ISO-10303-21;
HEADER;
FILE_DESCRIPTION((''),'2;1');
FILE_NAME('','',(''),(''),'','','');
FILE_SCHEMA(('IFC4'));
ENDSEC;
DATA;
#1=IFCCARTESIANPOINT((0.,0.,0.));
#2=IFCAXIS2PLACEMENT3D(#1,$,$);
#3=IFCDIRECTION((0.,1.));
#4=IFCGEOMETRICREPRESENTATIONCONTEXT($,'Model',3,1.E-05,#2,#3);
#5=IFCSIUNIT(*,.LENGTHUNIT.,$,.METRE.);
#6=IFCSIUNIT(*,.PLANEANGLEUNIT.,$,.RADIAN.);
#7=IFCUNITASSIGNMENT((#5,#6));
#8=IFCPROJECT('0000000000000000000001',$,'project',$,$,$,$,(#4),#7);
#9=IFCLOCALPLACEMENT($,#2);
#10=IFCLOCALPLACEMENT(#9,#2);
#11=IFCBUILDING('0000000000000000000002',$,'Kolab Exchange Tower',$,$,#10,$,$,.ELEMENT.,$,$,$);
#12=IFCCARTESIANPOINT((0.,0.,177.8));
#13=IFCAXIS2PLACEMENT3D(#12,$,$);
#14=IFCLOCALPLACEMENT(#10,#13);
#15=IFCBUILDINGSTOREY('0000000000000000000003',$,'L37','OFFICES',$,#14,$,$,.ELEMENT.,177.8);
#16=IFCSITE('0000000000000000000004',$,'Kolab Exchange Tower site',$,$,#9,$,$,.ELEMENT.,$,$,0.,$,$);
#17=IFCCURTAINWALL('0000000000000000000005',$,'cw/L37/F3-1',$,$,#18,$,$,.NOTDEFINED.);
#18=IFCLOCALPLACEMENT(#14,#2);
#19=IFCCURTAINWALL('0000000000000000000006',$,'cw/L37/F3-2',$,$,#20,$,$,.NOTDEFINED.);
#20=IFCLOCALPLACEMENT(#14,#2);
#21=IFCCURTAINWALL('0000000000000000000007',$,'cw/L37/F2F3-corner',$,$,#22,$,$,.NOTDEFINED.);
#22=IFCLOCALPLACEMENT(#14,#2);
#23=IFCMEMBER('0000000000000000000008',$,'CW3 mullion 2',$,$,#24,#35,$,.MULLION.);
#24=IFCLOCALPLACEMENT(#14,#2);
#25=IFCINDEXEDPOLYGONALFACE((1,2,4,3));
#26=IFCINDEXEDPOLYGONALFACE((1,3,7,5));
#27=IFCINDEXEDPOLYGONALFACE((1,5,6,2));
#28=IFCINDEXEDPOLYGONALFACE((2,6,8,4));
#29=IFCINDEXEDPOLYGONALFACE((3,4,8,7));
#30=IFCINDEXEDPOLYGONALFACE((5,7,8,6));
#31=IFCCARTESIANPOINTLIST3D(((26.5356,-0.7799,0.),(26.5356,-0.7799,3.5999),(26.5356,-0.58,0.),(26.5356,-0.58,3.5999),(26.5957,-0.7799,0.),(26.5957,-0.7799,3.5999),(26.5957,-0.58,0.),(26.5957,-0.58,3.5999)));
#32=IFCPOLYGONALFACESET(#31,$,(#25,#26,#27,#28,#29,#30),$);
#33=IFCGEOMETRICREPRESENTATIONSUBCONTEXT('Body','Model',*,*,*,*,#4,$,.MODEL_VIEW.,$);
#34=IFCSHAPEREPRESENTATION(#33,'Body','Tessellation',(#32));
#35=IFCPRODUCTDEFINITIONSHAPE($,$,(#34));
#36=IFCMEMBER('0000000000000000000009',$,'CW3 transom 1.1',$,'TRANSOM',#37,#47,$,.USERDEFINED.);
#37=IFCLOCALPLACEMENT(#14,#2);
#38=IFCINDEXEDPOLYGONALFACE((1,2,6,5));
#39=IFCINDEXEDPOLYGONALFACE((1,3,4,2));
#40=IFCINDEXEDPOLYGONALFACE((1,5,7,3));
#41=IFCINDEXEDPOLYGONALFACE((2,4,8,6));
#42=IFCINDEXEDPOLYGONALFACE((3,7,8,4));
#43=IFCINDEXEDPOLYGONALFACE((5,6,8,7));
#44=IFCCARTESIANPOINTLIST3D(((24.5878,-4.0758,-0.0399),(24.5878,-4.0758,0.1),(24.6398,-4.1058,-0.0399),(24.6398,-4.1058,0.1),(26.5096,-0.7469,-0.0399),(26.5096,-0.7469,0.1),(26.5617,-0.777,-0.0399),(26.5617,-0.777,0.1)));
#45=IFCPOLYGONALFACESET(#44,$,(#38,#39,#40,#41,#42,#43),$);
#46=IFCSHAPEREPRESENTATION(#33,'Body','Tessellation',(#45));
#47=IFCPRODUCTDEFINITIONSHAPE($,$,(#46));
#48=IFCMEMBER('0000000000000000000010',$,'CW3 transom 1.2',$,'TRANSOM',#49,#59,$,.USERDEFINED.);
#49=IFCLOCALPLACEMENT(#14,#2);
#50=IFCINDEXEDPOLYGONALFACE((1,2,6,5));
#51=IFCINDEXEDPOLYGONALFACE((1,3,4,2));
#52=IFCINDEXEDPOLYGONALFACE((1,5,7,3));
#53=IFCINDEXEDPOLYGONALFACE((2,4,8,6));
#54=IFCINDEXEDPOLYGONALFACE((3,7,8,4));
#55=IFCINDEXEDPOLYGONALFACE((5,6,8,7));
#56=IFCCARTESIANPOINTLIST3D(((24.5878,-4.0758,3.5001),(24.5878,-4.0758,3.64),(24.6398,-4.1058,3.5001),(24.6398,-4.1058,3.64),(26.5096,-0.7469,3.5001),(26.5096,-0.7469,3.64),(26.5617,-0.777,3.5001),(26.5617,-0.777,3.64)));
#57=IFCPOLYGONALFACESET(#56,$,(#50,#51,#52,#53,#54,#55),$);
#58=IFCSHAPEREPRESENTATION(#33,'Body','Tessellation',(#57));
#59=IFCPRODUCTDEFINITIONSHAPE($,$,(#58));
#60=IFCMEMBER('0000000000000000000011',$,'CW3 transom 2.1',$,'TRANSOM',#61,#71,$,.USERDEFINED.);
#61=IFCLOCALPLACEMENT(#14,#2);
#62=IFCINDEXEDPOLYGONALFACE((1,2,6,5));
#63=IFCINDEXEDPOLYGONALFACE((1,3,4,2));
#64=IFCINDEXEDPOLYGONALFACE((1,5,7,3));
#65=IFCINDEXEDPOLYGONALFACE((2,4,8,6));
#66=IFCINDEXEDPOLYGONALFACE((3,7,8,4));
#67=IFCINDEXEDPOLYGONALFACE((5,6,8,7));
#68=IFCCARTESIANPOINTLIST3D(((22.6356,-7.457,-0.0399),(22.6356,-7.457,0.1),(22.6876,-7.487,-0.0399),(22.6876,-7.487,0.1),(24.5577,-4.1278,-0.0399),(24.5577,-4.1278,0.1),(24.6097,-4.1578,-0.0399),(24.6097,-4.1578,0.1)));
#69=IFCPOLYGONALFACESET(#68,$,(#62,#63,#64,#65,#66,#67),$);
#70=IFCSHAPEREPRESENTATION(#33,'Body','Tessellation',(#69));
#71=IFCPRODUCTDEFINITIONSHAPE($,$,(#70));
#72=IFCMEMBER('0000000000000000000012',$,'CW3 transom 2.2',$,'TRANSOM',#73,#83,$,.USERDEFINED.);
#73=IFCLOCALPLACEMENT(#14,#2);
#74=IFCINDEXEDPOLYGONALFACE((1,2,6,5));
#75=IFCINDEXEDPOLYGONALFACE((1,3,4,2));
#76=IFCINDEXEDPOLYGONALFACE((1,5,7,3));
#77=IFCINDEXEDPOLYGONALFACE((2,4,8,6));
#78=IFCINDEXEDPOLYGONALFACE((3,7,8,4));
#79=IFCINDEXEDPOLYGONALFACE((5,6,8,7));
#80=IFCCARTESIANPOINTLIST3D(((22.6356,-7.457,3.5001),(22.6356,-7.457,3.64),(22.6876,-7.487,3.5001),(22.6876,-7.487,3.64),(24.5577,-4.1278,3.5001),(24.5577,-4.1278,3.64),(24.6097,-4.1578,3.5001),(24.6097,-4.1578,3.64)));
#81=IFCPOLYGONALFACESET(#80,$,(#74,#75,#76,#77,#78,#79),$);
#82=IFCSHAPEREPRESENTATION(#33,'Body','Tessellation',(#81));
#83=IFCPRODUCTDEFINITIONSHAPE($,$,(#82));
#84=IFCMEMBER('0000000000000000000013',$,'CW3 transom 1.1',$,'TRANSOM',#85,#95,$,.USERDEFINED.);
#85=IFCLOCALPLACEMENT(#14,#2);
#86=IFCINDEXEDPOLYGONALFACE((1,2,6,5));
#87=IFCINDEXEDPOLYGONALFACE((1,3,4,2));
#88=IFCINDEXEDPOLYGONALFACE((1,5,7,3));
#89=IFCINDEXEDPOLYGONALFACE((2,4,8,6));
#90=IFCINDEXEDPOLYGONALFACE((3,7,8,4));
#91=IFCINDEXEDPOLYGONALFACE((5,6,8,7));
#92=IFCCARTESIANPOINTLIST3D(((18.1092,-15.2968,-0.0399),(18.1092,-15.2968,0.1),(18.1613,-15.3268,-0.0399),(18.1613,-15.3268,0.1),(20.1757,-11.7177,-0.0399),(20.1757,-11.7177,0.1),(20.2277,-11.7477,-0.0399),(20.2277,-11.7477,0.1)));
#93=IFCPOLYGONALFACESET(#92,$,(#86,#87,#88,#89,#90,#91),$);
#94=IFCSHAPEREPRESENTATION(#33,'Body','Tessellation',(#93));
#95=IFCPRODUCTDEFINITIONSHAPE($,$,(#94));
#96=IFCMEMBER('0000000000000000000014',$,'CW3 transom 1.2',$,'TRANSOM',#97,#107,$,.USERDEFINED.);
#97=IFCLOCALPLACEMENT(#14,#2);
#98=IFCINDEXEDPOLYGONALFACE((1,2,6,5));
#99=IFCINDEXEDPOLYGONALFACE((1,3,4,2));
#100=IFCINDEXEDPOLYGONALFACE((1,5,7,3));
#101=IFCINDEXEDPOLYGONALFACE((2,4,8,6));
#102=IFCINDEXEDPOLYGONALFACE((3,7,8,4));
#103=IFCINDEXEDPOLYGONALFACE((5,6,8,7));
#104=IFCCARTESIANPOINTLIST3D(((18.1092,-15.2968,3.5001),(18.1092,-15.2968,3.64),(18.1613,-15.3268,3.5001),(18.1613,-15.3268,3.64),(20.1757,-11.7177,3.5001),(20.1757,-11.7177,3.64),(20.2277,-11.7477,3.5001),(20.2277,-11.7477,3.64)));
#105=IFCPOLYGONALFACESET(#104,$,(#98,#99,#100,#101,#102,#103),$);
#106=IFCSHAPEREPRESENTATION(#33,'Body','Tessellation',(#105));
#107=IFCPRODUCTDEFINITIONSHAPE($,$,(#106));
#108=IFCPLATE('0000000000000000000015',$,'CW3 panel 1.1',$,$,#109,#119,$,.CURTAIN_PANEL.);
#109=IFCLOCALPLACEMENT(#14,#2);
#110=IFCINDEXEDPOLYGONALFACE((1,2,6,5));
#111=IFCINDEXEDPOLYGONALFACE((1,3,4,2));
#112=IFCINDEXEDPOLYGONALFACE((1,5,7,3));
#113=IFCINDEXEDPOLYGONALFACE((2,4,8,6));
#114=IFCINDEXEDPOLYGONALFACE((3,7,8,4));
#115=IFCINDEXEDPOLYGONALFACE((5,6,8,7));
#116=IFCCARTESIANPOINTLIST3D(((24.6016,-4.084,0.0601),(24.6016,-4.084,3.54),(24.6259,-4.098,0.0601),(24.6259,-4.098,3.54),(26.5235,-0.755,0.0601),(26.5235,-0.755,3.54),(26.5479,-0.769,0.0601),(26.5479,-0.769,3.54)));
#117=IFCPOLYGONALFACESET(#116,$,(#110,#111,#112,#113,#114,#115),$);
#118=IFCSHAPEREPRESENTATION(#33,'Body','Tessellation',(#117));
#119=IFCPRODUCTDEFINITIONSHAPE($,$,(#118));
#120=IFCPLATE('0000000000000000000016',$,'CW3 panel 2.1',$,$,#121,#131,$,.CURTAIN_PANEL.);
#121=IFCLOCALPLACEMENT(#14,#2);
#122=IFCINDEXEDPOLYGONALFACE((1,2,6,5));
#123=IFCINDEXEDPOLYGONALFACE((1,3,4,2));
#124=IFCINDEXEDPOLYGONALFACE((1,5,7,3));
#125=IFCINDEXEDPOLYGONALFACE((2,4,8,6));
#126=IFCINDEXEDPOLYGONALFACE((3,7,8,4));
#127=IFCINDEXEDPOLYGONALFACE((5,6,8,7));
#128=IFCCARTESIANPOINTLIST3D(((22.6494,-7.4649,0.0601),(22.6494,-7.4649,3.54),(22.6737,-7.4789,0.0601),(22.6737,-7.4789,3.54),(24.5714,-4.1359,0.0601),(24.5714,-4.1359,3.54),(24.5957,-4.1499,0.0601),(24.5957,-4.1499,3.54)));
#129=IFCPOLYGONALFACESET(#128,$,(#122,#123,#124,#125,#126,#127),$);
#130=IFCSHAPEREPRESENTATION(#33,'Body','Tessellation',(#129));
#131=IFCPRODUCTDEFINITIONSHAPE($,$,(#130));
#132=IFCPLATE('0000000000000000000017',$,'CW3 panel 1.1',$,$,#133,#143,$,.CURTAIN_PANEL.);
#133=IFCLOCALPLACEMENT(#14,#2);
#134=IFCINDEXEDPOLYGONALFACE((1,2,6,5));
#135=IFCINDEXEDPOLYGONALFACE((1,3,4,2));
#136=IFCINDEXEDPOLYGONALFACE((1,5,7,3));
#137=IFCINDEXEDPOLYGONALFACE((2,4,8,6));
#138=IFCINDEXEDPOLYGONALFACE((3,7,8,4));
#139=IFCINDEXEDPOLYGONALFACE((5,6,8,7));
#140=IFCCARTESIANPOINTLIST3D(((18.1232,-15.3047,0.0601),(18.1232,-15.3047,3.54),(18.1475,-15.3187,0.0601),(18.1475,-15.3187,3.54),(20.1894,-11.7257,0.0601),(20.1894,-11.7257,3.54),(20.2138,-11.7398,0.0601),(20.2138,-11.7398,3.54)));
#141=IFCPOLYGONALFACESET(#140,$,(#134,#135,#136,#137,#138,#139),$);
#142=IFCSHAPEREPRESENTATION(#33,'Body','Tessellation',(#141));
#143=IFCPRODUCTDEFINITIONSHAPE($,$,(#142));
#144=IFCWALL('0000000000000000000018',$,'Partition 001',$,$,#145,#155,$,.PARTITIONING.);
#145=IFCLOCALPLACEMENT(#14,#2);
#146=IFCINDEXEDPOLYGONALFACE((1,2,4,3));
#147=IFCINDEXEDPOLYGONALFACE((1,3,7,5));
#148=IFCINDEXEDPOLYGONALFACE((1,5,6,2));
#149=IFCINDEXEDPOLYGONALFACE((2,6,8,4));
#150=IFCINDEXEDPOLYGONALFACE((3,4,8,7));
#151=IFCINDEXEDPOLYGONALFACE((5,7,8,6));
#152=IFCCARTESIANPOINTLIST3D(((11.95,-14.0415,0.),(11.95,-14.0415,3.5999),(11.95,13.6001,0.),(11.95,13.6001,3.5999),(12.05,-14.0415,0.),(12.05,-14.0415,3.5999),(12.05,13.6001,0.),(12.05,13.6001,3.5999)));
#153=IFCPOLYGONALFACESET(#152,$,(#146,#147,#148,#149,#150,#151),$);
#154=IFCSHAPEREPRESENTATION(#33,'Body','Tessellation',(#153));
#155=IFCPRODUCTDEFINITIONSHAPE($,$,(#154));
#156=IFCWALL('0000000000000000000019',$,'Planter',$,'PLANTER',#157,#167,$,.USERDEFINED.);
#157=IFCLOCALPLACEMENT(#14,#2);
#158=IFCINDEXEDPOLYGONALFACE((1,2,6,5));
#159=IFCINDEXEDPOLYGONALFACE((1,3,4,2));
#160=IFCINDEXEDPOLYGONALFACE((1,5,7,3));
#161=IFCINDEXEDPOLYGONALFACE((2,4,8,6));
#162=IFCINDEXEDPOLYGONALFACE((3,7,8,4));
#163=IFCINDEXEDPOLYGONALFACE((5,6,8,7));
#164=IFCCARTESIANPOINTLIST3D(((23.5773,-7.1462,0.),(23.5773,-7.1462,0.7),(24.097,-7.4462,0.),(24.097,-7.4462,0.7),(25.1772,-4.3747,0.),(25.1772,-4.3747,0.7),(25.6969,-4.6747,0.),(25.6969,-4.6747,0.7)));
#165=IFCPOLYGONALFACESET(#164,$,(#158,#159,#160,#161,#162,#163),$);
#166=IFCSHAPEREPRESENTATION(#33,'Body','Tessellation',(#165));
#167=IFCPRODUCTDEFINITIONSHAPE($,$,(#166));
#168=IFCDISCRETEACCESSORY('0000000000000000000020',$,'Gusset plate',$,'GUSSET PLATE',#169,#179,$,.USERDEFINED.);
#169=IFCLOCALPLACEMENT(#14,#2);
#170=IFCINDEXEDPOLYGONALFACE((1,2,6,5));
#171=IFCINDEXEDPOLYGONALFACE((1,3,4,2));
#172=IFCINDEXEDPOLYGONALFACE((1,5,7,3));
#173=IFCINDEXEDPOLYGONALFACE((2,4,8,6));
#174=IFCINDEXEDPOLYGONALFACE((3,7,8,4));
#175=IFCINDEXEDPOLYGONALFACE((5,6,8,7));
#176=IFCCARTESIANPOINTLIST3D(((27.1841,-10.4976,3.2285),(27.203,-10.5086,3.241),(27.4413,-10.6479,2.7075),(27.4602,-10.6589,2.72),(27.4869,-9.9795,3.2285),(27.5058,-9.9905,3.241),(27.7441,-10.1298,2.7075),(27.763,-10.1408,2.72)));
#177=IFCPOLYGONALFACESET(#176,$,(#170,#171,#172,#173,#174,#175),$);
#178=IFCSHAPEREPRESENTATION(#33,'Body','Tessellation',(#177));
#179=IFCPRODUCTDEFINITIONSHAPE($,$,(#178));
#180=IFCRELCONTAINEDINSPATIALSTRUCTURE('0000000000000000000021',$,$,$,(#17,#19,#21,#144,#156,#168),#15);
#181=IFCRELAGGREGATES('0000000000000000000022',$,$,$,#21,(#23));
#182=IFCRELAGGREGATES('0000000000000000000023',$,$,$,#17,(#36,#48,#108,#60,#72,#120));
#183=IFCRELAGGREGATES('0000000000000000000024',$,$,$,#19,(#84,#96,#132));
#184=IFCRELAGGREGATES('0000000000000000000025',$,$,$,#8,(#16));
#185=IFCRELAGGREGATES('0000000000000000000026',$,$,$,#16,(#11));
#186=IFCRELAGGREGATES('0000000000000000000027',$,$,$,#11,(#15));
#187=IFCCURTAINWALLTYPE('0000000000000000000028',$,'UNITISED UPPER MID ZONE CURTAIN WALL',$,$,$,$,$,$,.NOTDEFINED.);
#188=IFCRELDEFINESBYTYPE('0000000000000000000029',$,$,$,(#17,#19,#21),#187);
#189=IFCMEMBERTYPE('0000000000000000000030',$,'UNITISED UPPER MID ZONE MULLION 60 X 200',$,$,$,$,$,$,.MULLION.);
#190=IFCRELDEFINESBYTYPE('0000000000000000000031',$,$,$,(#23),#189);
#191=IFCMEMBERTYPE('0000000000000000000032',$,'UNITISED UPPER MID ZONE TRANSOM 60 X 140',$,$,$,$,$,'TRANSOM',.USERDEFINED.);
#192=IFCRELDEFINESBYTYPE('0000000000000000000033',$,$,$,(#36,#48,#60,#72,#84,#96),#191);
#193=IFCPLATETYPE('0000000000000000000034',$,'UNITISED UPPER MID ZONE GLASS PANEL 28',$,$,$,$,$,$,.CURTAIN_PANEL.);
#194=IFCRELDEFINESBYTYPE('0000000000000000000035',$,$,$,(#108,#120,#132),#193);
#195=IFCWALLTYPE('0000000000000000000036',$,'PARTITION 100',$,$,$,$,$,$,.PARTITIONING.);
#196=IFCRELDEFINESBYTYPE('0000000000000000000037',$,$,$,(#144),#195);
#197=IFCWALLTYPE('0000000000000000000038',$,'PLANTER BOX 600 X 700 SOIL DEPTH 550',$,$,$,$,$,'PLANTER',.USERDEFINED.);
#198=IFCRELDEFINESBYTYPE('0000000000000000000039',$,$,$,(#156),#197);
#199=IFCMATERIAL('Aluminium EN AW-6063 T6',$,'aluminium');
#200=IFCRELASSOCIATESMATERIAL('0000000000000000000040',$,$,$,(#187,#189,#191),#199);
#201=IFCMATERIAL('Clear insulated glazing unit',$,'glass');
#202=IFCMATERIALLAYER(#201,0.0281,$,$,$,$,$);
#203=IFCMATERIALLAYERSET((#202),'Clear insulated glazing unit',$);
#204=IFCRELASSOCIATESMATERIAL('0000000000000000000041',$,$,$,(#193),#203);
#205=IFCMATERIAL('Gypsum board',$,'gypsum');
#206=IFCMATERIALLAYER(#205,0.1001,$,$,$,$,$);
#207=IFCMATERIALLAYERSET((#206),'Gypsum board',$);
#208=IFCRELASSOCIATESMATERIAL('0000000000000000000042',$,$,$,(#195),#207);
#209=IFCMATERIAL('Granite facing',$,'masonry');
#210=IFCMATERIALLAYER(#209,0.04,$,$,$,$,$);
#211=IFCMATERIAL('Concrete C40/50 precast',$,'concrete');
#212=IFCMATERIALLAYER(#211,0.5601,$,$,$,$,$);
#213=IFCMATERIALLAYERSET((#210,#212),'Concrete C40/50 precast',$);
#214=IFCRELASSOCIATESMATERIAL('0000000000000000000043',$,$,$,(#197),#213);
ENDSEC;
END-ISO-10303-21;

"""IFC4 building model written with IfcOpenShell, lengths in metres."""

from ifc_helpers import new_model, si_unit, direction, frame, frame_2d, origin, origin_2d, place, context, subcontext, project, spatial, rectangle, extrude, material, layer, layer_set, material_profile, profile_set, type_object, element, aggregate, save


model = new_model("IFC4")

# Units and contexts
model_context = context("Model", 3, precision=1e-05, world=origin(), true_north=direction((0.0, 1.0)))
body_context = subcontext(model_context, "Body", "Model", "MODEL_VIEW")
ifc_project = project(units=[si_unit("LENGTHUNIT", "METRE"), si_unit("PLANEANGLEUNIT", "RADIAN")], contexts=[model_context])

# Site, building, storey
site_placement = place(None, origin())
site = spatial("IfcSite", under=ifc_project, at=site_placement, Name="Kolab Exchange Tower site", CompositionType="ELEMENT", RefElevation=0.0)
building_placement = place(site_placement, origin())
building = spatial("IfcBuilding", under=site, at=building_placement, Name="Kolab Exchange Tower", CompositionType="ELEMENT")
storey_placement = place(building_placement, frame((0.0, 0.0, 177.8)))
storey = spatial("IfcBuildingStorey", under=building, at=storey_placement, Name="L37", Description="OFFICES", CompositionType="ELEMENT", Elevation=177.8)

# Curtain wall
ifc_material_1 = material(Name="Aluminium EN AW-6063 T6", Category="aluminium")
curtain_wall_type = type_object("IfcCurtainWallType", Name="UNITISED UPPER MID ZONE CURTAIN WALL", PredefinedType="NOTDEFINED", material=ifc_material_1)
curtain_wall_1_placement = place(storey_placement, origin())
curtain_wall_1 = element("IfcCurtainWall", 1, at=curtain_wall_1_placement, inside=storey, type_object=curtain_wall_type, Name="cw/L37/F3-1", PredefinedType="NOTDEFINED")
ifc_material_profile_1 = material_profile(ifc_material_1, rectangle(XDim=0.0601, YDim=0.2, at=origin_2d()), Name="RECT 60X200")
ifc_profile_set_1 = profile_set([ifc_material_profile_1], Name="Aluminium EN AW-6063 T6")
member_type_1 = type_object("IfcMemberType", Name="UNITISED UPPER MID ZONE MULLION 60 X 200", PredefinedType="MULLION", material=ifc_profile_set_1)

# Curtain walls, member
curtain_wall_2_placement = place(storey_placement, origin())
curtain_wall_2 = element("IfcCurtainWall", 2, at=curtain_wall_2_placement, inside=storey, type_object=curtain_wall_type, Name="cw/L37/F3-2", PredefinedType="NOTDEFINED")
curtain_wall_3_placement = place(storey_placement, origin())
curtain_wall_3 = element("IfcCurtainWall", 3, at=curtain_wall_3_placement, inside=storey, type_object=curtain_wall_type, Name="cw/L37/F2F3-corner", PredefinedType="NOTDEFINED")
member_1_placement = place(storey_placement, frame((26.5657, -0.6799, 0.0), z_axis=(0.0, 0.0, 1.0), x_axis=(1.0, 0.0, 0.0)))
member_1 = element("IfcMember", 4, at=member_1_placement, type_object=member_type_1, Name="CW3 mullion 2", PredefinedType="MULLION", context=body_context, shape_type="SweptSolid", body=[
    extrude(rectangle(XDim=0.0601, YDim=0.2, at=origin_2d()), origin(), (0.0, 0.0, 1.0), 3.5999),
])
aggregate(curtain_wall_3, [member_1])

# Members
ifc_material_profile_2 = material_profile(ifc_material_1, rectangle(XDim=0.0601, YDim=0.1399, at=origin_2d()), Name="RECT 60X140")
ifc_profile_set_2 = profile_set([ifc_material_profile_2], Name="Aluminium EN AW-6063 T6")
member_type_2 = type_object("IfcMemberType", Name="UNITISED UPPER MID ZONE TRANSOM 60 X 140", ElementType="TRANSOM", PredefinedType="USERDEFINED", material=ifc_profile_set_2)
member_2_placement = place(storey_placement, frame((26.5356, -0.762, 0.03), z_axis=(-0.499992, -0.86603, 0.0), x_axis=(0.86603, -0.499992, 0.0)))
member_2 = element("IfcMember", 5, at=member_2_placement, type_object=member_type_2, Name="CW3 transom 1.1", ObjectType="TRANSOM", PredefinedType="USERDEFINED", context=body_context, shape_type="SweptSolid", body=[
    extrude(rectangle(XDim=0.0601, YDim=0.1399, at=origin_2d()), origin(), (0.0, 0.0, 1.0), 3.8438),
])
member_3_placement = place(storey_placement, frame((26.5356, -0.762, 3.5701), z_axis=(-0.499992, -0.86603, 0.0), x_axis=(0.86603, -0.499992, 0.0)))
member_3 = element("IfcMember", 6, at=member_3_placement, type_object=member_type_2, Name="CW3 transom 1.2", ObjectType="TRANSOM", PredefinedType="USERDEFINED", context=body_context, shape_type="SweptSolid", body=[
    extrude(rectangle(XDim=0.0601, YDim=0.1399, at=origin_2d()), origin(), (0.0, 0.0, 1.0), 3.8438),
])
member_4_placement = place(storey_placement, frame((24.5837, -4.1428, 0.03), z_axis=(-0.500012, -0.866018, 0.0), x_axis=(0.866018, -0.500012, 0.0)))
member_4 = element("IfcMember", 7, at=member_4_placement, type_object=member_type_2, Name="CW3 transom 2.1", ObjectType="TRANSOM", PredefinedType="USERDEFINED", context=body_context, shape_type="SweptSolid", body=[
    extrude(rectangle(XDim=0.0601, YDim=0.1399, at=origin_2d()), origin(), (0.0, 0.0, 1.0), 3.8442),
])
member_5_placement = place(storey_placement, frame((24.5837, -4.1428, 3.5701), z_axis=(-0.500012, -0.866018, 0.0), x_axis=(0.866018, -0.500012, 0.0)))
member_5 = element("IfcMember", 8, at=member_5_placement, type_object=member_type_2, Name="CW3 transom 2.2", ObjectType="TRANSOM", PredefinedType="USERDEFINED", context=body_context, shape_type="SweptSolid", body=[
    extrude(rectangle(XDim=0.0601, YDim=0.1399, at=origin_2d()), origin(), (0.0, 0.0, 1.0), 3.8442),
])
member_6_placement = place(storey_placement, frame((20.2017, -11.7327, 0.03), z_axis=(-0.500002, -0.866024, 0.0), x_axis=(0.866024, -0.500002, 0.0)))
member_6 = element("IfcMember", 9, at=member_6_placement, type_object=member_type_2, Name="CW3 transom 1.1", ObjectType="TRANSOM", PredefinedType="USERDEFINED", context=body_context, shape_type="SweptSolid", body=[
    extrude(rectangle(XDim=0.0601, YDim=0.1399, at=origin_2d()), origin(), (0.0, 0.0, 1.0), 4.1328),
])
member_7_placement = place(storey_placement, frame((20.2017, -11.7327, 3.5701), z_axis=(-0.500002, -0.866024, 0.0), x_axis=(0.866024, -0.500002, 0.0)))
member_7 = element("IfcMember", 10, at=member_7_placement, type_object=member_type_2, Name="CW3 transom 1.2", ObjectType="TRANSOM", PredefinedType="USERDEFINED", context=body_context, shape_type="SweptSolid", body=[
    extrude(rectangle(XDim=0.0601, YDim=0.1399, at=origin_2d()), origin(), (0.0, 0.0, 1.0), 4.1328),
])

# Plates
ifc_material_2 = material(Name="Clear insulated glazing unit", Category="glass")
ifc_layer_1 = layer(ifc_material_2, 0.0281)
ifc_layer_set_1 = layer_set([ifc_layer_1], Name="Clear insulated glazing unit")
plate_type = type_object("IfcPlateType", Name="UNITISED UPPER MID ZONE GLASS PANEL 28", PredefinedType="CURTAIN_PANEL", material=ifc_layer_set_1)
plate_1_placement = place(storey_placement, frame((25.5747, -2.4265, 0.0601), z_axis=(0.0, 0.0, 1.0), x_axis=(-0.5, -0.866025, 0.0)))
plate_1 = element("IfcPlate", 11, at=plate_1_placement, type_object=plate_type, Name="CW3 panel 1.1", PredefinedType="CURTAIN_PANEL", context=body_context, shape_type="SweptSolid", body=[
    extrude(rectangle(XDim=3.844, YDim=0.0281, at=origin_2d()), origin(), (0.0, 0.0, 1.0), 3.48),
])
plate_2_placement = place(storey_placement, frame((23.6226, -5.8074, 0.0601), z_axis=(0.0, 0.0, 1.0), x_axis=(-0.5, -0.866025, 0.0)))
plate_2 = element("IfcPlate", 12, at=plate_2_placement, type_object=plate_type, Name="CW3 panel 2.1", PredefinedType="CURTAIN_PANEL", context=body_context, shape_type="SweptSolid", body=[
    extrude(rectangle(XDim=3.844, YDim=0.0281, at=origin_2d()), origin(), (0.0, 0.0, 1.0), 3.48),
])
aggregate(curtain_wall_1, [member_2, member_3, plate_1, member_4, member_5, plate_2])
plate_3_placement = place(storey_placement, frame((19.1685, -13.5222, 0.0601), z_axis=(0.0, 0.0, 1.0), x_axis=(-0.5, -0.866025, 0.0)))
plate_3 = element("IfcPlate", 13, at=plate_3_placement, type_object=plate_type, Name="CW3 panel 1.1", PredefinedType="CURTAIN_PANEL", context=body_context, shape_type="SweptSolid", body=[
    extrude(rectangle(XDim=4.1326, YDim=0.0281, at=origin_2d()), origin(), (0.0, 0.0, 1.0), 3.48),
])
aggregate(curtain_wall_2, [member_6, member_7, plate_3])

# Walls
ifc_material_3 = material(Name="Gypsum board", Category="gypsum")
ifc_layer_2 = layer(ifc_material_3, 0.1001)
ifc_layer_set_2 = layer_set([ifc_layer_2], Name="Gypsum board")
wall_type_1 = type_object("IfcWallType", Name="PARTITION 100", PredefinedType="PARTITIONING", material=ifc_layer_set_2)
wall_1_placement = place(storey_placement, frame((12.0, -14.0415, 0.0), z_axis=(0.0, 0.0, 1.0), x_axis=(0.0, 1.0, 0.0)))
element("IfcWall", 14, at=wall_1_placement, inside=storey, type_object=wall_type_1, Name="Partition 001", PredefinedType="PARTITIONING", context=body_context, shape_type="SweptSolid", body=[
    extrude(rectangle(XDim=27.6416, YDim=0.1001, at=frame_2d((13.8208, 0.0))), origin(), (0.0, 0.0, 1.0), 3.5999),
])
ifc_material_4 = material(Name="Granite facing", Category="masonry")
ifc_layer_3 = layer(ifc_material_4, 0.04)
ifc_material_5 = material(Name="Concrete C40/50 precast", Category="concrete")
ifc_layer_4 = layer(ifc_material_5, 0.5601)
ifc_layer_set_3 = layer_set([ifc_layer_3, ifc_layer_4], Name="Concrete C40/50 precast")
wall_type_2 = type_object("IfcWallType", Name="PLANTER BOX 600 X 700 SOIL DEPTH 550", ElementType="PLANTER", PredefinedType="USERDEFINED", material=ifc_layer_set_3)
wall_2_placement = place(storey_placement, frame((25.437, -4.5247, 0.0), z_axis=(0.0, 0.0, 1.0), x_axis=(-0.499938, -0.866061, 0.0)))
element("IfcWall", 15, at=wall_2_placement, inside=storey, type_object=wall_type_2, Name="Planter", ObjectType="PLANTER", PredefinedType="USERDEFINED", context=body_context, shape_type="SweptSolid", body=[
    extrude(rectangle(XDim=3.2002, YDim=0.6001, at=frame_2d((1.6001, 0.0))), origin(), (0.0, 0.0, 1.0), 0.7),
])

# Discrete accessory
discrete_accessory_placement = place(storey_placement, frame((27.4641, -10.3137, 2.968), z_axis=(0.749483, -0.438009, 0.496411), x_axis=(0.504568, 0.863372, 0.0)))
element("IfcDiscreteAccessory", 16, at=discrete_accessory_placement, inside=storey, Name="Gusset plate", ObjectType="GUSSET PLATE", PredefinedType="USERDEFINED", context=body_context, shape_type="SweptSolid", body=[
    extrude(rectangle(XDim=0.6001, YDim=0.6001, at=origin_2d()), origin(), (0.0, 0.0, 1.0), 0.0251),
])

save(model, "model.ifc")
